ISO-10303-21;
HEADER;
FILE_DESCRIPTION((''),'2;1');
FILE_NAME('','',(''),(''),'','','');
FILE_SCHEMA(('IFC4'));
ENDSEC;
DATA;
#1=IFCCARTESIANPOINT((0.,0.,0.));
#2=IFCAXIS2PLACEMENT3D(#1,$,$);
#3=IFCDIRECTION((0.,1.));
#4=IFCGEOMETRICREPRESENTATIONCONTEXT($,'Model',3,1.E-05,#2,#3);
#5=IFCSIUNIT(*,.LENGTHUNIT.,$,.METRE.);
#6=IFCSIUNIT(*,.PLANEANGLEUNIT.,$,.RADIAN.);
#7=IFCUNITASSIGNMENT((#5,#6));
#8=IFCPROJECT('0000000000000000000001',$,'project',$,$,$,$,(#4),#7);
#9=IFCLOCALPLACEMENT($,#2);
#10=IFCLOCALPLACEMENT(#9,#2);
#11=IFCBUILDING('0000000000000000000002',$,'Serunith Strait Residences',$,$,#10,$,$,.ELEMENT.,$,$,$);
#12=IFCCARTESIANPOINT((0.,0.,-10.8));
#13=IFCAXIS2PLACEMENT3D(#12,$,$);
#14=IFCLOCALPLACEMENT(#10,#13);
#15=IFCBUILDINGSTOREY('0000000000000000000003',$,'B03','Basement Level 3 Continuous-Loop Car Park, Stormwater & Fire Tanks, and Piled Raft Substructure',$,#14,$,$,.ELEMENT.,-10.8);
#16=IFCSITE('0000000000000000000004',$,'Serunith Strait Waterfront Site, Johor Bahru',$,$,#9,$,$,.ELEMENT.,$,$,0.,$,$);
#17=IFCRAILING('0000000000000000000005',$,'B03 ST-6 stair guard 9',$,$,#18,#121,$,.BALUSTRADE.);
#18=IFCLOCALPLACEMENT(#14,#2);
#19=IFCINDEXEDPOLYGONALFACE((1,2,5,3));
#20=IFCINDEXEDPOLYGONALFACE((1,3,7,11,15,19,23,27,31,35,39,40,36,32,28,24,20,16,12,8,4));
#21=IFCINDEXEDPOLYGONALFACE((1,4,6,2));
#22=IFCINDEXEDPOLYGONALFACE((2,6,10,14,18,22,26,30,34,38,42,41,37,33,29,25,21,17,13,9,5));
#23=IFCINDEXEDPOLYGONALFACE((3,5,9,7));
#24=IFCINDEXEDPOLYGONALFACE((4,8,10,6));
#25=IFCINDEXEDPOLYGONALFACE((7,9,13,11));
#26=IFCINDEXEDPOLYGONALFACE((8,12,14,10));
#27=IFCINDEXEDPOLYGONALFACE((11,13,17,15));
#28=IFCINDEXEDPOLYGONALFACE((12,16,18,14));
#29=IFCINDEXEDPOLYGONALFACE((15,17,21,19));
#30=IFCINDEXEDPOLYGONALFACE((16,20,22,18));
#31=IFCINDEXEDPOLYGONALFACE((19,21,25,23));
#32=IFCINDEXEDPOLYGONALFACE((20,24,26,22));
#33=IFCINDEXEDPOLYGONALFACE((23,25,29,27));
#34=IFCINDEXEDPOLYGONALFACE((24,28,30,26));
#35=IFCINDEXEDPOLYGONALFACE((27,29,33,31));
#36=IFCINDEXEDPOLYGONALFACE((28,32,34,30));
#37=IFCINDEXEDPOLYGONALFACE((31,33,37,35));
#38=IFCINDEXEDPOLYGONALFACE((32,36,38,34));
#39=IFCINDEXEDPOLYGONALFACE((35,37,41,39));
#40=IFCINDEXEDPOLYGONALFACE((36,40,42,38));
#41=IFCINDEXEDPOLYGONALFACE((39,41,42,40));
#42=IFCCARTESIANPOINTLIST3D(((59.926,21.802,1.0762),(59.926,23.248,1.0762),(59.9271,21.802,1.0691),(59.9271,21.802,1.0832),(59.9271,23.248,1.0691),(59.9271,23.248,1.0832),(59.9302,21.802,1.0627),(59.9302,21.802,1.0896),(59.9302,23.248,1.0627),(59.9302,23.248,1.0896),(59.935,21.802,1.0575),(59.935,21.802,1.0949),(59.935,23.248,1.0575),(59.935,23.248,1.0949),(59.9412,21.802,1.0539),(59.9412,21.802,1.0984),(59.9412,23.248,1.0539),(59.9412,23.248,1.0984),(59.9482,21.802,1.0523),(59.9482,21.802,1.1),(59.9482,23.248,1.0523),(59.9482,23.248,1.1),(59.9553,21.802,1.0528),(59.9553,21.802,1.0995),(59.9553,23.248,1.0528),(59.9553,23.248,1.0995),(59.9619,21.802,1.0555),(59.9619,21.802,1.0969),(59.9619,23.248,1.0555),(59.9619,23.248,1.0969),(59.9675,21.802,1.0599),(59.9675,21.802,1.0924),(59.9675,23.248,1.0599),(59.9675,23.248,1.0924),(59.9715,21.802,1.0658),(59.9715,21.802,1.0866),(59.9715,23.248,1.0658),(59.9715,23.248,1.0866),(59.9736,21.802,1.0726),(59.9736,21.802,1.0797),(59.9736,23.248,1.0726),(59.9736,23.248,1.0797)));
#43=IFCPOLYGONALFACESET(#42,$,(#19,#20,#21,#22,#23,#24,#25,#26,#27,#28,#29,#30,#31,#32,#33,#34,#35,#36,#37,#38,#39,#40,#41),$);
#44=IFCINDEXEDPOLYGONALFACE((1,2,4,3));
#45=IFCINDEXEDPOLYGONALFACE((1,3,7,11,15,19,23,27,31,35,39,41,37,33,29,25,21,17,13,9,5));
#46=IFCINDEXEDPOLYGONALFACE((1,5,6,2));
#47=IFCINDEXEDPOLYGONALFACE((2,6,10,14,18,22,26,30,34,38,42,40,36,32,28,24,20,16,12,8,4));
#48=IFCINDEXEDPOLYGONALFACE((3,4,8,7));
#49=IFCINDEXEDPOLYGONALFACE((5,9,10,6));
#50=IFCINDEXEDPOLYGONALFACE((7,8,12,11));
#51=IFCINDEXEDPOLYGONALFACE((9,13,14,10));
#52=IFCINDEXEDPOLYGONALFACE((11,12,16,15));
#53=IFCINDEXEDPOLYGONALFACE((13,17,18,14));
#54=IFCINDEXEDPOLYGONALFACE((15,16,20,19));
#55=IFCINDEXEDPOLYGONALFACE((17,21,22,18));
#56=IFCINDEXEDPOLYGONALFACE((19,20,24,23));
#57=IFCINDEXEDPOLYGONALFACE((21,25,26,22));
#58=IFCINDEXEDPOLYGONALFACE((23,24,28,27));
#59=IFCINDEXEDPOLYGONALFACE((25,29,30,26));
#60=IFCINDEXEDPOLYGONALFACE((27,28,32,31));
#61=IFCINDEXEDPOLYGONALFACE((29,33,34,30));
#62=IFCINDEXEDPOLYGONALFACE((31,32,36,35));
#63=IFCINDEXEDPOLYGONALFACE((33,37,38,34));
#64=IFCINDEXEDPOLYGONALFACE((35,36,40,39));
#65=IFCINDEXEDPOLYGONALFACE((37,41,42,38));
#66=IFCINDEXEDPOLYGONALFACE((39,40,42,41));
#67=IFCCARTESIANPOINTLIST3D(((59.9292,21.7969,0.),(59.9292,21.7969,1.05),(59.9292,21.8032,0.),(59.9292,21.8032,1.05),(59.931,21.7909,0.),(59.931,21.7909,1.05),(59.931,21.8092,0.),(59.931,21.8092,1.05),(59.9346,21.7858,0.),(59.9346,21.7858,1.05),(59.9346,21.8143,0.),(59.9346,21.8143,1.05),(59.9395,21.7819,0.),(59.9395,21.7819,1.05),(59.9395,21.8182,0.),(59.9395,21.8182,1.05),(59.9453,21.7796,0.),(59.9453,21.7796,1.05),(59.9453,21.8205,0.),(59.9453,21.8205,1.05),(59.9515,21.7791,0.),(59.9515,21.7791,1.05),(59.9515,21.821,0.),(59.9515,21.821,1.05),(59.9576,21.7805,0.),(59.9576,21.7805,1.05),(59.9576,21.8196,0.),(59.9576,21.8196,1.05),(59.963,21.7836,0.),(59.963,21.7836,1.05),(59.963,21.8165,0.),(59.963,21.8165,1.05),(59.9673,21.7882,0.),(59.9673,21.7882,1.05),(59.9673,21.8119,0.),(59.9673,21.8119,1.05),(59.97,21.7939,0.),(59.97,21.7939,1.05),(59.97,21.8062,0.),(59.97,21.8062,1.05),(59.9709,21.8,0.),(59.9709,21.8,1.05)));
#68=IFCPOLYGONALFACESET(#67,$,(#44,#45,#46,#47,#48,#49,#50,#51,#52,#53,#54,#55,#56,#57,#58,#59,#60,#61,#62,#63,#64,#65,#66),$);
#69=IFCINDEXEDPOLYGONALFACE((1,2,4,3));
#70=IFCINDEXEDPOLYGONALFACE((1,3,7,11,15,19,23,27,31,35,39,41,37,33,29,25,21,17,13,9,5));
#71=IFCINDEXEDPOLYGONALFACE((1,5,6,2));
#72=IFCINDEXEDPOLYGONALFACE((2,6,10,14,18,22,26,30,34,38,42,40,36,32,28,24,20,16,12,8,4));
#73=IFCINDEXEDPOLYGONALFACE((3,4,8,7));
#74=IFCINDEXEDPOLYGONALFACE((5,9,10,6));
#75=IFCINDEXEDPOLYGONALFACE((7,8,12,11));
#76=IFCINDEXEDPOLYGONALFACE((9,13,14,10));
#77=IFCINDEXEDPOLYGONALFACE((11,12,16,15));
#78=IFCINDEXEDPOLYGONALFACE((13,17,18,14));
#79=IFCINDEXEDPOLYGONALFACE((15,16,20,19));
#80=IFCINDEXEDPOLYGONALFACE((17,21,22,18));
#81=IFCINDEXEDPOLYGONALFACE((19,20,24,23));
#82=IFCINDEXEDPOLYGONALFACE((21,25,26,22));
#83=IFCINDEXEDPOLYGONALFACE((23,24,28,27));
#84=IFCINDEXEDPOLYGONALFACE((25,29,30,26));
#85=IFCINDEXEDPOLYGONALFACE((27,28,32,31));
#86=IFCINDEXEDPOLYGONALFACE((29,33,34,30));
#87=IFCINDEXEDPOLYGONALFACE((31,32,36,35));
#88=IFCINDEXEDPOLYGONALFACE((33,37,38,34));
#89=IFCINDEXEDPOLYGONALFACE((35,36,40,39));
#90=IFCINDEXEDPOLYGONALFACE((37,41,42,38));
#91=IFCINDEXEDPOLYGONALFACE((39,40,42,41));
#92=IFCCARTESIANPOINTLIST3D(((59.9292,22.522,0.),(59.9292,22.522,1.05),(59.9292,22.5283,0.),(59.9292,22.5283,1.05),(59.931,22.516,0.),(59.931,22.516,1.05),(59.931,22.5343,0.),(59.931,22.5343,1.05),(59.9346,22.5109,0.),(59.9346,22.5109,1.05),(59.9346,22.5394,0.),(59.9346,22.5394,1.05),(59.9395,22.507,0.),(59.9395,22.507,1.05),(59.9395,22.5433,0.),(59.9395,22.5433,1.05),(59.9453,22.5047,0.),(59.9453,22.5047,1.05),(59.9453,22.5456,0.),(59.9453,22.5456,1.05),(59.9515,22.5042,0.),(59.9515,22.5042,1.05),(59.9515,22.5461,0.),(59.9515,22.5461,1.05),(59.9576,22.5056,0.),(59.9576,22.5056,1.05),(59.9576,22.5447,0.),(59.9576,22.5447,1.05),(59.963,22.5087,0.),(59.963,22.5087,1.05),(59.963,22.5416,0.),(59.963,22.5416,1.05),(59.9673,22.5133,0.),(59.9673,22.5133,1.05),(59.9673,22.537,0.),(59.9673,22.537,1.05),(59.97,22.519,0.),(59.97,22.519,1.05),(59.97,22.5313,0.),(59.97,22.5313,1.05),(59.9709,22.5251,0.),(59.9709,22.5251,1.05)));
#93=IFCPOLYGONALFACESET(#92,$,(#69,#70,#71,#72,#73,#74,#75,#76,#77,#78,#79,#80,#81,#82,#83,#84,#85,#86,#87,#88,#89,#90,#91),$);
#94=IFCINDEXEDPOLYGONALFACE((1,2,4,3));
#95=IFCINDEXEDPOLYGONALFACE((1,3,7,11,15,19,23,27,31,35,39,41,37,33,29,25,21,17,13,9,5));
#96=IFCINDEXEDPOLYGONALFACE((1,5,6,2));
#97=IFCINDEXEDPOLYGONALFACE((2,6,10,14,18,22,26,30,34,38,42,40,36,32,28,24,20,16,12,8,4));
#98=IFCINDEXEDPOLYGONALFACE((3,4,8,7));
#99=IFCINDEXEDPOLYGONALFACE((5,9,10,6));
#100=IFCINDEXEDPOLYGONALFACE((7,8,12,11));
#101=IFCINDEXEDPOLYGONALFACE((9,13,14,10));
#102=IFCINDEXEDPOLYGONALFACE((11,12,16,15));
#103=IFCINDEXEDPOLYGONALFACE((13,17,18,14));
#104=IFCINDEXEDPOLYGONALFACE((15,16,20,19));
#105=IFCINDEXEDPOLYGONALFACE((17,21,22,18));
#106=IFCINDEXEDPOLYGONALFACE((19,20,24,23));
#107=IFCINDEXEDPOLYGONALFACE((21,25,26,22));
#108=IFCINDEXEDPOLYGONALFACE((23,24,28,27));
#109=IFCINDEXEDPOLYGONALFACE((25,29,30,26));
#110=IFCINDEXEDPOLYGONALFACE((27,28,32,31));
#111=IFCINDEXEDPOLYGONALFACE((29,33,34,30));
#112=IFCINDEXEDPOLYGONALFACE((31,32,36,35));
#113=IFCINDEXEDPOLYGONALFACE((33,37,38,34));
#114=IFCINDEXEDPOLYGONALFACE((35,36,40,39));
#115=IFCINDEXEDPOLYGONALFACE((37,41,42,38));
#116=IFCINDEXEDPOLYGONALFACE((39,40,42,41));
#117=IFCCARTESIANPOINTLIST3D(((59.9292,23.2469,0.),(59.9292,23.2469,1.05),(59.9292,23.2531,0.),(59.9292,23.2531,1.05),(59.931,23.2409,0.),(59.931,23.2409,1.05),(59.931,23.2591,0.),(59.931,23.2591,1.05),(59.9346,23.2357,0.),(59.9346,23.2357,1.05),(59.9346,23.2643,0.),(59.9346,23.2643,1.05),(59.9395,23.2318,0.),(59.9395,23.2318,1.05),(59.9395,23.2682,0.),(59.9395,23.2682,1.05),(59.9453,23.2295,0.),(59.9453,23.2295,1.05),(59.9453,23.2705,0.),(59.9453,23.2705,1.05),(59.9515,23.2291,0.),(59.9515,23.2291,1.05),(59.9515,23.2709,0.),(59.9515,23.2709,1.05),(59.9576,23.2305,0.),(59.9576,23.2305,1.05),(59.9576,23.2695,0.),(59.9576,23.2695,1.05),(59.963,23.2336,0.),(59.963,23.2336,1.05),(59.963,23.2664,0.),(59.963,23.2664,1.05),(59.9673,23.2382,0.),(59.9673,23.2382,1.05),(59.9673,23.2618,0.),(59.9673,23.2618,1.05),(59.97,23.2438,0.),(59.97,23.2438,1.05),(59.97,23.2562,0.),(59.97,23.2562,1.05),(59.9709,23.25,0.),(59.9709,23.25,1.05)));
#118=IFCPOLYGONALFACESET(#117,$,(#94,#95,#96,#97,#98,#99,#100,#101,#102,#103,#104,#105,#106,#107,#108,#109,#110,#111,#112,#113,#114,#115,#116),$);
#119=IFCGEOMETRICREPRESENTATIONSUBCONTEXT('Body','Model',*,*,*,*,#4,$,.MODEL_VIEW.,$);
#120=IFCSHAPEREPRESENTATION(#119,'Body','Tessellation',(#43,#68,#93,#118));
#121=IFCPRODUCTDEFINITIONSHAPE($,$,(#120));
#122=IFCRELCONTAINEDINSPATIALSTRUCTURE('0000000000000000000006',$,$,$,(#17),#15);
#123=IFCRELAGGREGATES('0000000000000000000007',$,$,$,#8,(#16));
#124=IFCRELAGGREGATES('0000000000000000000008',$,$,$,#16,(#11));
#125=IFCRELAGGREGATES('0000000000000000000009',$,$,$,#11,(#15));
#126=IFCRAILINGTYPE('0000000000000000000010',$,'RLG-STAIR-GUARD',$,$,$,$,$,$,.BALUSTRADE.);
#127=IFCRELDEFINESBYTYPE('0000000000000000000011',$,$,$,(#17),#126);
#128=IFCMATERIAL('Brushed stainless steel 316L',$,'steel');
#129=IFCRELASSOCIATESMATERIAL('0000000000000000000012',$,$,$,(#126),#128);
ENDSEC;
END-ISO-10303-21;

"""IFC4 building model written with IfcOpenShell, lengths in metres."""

from ifc_helpers import new_model, si_unit, direction, frame, origin, origin_2d, place, context, subcontext, project, spatial, circle, extrude, material, type_object, element, save


model = new_model("IFC4")

# Units and contexts
model_context = context("Model", 3, precision=1e-05, world=origin(), true_north=direction((0.0, 1.0)))
body_context = subcontext(model_context, "Body", "Model", "MODEL_VIEW")
ifc_project = project(units=[si_unit("LENGTHUNIT", "METRE"), si_unit("PLANEANGLEUNIT", "RADIAN")], contexts=[model_context])

# Site, building, storey
site_placement = place(None, origin())
site = spatial("IfcSite", under=ifc_project, at=site_placement, Name="Serunith Strait Waterfront Site, Johor Bahru", CompositionType="ELEMENT", RefElevation=0.0)
building_placement = place(site_placement, origin())
building = spatial("IfcBuilding", under=site, at=building_placement, Name="Serunith Strait Residences", CompositionType="ELEMENT")
storey_placement = place(building_placement, frame((0.0, 0.0, -10.8)))
storey = spatial("IfcBuildingStorey", under=building, at=storey_placement, Name="B03", Description="Basement Level 3 Continuous-Loop Car Park, Stormwater & Fire Tanks, and Piled Raft Substructure", CompositionType="ELEMENT", Elevation=-10.8)

# Railing
ifc_material_1 = material(Name="Brushed stainless steel 316L", Category="steel")
railing_type_1 = type_object("IfcRailingType", Name="RLG-STAIR-GUARD", PredefinedType="BALUSTRADE", material=ifc_material_1)
for number, where, name in (
    (1, (59.95, 21.8, 0.0), "B03 ST-6 stair guard 9"),
):
    element("IfcRailing", number, at=place(storey_placement, frame(where)), inside=storey, type_object=railing_type_1, Name=name, PredefinedType="BALUSTRADE", context=body_context, shape_type="SweptSolid", body=[
        extrude(circle(Radius=0.0239, at=origin_2d()), frame((0.0, 0.002, 1.0762), z_axis=(0.0, 1.0, 0.0), x_axis=(-1.0, 0.0, 0.0)), (0.0, 0.0, 1.0), 1.446),
        extrude(circle(Radius=0.021, at=origin_2d()), origin(), (0.0, 0.0, 1.0), 1.05),
        extrude(circle(Radius=0.021, at=origin_2d()), frame((0.0, 0.7251, 0.0)), (0.0, 0.0, 1.0), 1.05),
        extrude(circle(Radius=0.021, at=origin_2d()), frame((0.0, 1.45, 0.0)), (0.0, 0.0, 1.0), 1.05),
    ])

save(model, "model.ifc")
